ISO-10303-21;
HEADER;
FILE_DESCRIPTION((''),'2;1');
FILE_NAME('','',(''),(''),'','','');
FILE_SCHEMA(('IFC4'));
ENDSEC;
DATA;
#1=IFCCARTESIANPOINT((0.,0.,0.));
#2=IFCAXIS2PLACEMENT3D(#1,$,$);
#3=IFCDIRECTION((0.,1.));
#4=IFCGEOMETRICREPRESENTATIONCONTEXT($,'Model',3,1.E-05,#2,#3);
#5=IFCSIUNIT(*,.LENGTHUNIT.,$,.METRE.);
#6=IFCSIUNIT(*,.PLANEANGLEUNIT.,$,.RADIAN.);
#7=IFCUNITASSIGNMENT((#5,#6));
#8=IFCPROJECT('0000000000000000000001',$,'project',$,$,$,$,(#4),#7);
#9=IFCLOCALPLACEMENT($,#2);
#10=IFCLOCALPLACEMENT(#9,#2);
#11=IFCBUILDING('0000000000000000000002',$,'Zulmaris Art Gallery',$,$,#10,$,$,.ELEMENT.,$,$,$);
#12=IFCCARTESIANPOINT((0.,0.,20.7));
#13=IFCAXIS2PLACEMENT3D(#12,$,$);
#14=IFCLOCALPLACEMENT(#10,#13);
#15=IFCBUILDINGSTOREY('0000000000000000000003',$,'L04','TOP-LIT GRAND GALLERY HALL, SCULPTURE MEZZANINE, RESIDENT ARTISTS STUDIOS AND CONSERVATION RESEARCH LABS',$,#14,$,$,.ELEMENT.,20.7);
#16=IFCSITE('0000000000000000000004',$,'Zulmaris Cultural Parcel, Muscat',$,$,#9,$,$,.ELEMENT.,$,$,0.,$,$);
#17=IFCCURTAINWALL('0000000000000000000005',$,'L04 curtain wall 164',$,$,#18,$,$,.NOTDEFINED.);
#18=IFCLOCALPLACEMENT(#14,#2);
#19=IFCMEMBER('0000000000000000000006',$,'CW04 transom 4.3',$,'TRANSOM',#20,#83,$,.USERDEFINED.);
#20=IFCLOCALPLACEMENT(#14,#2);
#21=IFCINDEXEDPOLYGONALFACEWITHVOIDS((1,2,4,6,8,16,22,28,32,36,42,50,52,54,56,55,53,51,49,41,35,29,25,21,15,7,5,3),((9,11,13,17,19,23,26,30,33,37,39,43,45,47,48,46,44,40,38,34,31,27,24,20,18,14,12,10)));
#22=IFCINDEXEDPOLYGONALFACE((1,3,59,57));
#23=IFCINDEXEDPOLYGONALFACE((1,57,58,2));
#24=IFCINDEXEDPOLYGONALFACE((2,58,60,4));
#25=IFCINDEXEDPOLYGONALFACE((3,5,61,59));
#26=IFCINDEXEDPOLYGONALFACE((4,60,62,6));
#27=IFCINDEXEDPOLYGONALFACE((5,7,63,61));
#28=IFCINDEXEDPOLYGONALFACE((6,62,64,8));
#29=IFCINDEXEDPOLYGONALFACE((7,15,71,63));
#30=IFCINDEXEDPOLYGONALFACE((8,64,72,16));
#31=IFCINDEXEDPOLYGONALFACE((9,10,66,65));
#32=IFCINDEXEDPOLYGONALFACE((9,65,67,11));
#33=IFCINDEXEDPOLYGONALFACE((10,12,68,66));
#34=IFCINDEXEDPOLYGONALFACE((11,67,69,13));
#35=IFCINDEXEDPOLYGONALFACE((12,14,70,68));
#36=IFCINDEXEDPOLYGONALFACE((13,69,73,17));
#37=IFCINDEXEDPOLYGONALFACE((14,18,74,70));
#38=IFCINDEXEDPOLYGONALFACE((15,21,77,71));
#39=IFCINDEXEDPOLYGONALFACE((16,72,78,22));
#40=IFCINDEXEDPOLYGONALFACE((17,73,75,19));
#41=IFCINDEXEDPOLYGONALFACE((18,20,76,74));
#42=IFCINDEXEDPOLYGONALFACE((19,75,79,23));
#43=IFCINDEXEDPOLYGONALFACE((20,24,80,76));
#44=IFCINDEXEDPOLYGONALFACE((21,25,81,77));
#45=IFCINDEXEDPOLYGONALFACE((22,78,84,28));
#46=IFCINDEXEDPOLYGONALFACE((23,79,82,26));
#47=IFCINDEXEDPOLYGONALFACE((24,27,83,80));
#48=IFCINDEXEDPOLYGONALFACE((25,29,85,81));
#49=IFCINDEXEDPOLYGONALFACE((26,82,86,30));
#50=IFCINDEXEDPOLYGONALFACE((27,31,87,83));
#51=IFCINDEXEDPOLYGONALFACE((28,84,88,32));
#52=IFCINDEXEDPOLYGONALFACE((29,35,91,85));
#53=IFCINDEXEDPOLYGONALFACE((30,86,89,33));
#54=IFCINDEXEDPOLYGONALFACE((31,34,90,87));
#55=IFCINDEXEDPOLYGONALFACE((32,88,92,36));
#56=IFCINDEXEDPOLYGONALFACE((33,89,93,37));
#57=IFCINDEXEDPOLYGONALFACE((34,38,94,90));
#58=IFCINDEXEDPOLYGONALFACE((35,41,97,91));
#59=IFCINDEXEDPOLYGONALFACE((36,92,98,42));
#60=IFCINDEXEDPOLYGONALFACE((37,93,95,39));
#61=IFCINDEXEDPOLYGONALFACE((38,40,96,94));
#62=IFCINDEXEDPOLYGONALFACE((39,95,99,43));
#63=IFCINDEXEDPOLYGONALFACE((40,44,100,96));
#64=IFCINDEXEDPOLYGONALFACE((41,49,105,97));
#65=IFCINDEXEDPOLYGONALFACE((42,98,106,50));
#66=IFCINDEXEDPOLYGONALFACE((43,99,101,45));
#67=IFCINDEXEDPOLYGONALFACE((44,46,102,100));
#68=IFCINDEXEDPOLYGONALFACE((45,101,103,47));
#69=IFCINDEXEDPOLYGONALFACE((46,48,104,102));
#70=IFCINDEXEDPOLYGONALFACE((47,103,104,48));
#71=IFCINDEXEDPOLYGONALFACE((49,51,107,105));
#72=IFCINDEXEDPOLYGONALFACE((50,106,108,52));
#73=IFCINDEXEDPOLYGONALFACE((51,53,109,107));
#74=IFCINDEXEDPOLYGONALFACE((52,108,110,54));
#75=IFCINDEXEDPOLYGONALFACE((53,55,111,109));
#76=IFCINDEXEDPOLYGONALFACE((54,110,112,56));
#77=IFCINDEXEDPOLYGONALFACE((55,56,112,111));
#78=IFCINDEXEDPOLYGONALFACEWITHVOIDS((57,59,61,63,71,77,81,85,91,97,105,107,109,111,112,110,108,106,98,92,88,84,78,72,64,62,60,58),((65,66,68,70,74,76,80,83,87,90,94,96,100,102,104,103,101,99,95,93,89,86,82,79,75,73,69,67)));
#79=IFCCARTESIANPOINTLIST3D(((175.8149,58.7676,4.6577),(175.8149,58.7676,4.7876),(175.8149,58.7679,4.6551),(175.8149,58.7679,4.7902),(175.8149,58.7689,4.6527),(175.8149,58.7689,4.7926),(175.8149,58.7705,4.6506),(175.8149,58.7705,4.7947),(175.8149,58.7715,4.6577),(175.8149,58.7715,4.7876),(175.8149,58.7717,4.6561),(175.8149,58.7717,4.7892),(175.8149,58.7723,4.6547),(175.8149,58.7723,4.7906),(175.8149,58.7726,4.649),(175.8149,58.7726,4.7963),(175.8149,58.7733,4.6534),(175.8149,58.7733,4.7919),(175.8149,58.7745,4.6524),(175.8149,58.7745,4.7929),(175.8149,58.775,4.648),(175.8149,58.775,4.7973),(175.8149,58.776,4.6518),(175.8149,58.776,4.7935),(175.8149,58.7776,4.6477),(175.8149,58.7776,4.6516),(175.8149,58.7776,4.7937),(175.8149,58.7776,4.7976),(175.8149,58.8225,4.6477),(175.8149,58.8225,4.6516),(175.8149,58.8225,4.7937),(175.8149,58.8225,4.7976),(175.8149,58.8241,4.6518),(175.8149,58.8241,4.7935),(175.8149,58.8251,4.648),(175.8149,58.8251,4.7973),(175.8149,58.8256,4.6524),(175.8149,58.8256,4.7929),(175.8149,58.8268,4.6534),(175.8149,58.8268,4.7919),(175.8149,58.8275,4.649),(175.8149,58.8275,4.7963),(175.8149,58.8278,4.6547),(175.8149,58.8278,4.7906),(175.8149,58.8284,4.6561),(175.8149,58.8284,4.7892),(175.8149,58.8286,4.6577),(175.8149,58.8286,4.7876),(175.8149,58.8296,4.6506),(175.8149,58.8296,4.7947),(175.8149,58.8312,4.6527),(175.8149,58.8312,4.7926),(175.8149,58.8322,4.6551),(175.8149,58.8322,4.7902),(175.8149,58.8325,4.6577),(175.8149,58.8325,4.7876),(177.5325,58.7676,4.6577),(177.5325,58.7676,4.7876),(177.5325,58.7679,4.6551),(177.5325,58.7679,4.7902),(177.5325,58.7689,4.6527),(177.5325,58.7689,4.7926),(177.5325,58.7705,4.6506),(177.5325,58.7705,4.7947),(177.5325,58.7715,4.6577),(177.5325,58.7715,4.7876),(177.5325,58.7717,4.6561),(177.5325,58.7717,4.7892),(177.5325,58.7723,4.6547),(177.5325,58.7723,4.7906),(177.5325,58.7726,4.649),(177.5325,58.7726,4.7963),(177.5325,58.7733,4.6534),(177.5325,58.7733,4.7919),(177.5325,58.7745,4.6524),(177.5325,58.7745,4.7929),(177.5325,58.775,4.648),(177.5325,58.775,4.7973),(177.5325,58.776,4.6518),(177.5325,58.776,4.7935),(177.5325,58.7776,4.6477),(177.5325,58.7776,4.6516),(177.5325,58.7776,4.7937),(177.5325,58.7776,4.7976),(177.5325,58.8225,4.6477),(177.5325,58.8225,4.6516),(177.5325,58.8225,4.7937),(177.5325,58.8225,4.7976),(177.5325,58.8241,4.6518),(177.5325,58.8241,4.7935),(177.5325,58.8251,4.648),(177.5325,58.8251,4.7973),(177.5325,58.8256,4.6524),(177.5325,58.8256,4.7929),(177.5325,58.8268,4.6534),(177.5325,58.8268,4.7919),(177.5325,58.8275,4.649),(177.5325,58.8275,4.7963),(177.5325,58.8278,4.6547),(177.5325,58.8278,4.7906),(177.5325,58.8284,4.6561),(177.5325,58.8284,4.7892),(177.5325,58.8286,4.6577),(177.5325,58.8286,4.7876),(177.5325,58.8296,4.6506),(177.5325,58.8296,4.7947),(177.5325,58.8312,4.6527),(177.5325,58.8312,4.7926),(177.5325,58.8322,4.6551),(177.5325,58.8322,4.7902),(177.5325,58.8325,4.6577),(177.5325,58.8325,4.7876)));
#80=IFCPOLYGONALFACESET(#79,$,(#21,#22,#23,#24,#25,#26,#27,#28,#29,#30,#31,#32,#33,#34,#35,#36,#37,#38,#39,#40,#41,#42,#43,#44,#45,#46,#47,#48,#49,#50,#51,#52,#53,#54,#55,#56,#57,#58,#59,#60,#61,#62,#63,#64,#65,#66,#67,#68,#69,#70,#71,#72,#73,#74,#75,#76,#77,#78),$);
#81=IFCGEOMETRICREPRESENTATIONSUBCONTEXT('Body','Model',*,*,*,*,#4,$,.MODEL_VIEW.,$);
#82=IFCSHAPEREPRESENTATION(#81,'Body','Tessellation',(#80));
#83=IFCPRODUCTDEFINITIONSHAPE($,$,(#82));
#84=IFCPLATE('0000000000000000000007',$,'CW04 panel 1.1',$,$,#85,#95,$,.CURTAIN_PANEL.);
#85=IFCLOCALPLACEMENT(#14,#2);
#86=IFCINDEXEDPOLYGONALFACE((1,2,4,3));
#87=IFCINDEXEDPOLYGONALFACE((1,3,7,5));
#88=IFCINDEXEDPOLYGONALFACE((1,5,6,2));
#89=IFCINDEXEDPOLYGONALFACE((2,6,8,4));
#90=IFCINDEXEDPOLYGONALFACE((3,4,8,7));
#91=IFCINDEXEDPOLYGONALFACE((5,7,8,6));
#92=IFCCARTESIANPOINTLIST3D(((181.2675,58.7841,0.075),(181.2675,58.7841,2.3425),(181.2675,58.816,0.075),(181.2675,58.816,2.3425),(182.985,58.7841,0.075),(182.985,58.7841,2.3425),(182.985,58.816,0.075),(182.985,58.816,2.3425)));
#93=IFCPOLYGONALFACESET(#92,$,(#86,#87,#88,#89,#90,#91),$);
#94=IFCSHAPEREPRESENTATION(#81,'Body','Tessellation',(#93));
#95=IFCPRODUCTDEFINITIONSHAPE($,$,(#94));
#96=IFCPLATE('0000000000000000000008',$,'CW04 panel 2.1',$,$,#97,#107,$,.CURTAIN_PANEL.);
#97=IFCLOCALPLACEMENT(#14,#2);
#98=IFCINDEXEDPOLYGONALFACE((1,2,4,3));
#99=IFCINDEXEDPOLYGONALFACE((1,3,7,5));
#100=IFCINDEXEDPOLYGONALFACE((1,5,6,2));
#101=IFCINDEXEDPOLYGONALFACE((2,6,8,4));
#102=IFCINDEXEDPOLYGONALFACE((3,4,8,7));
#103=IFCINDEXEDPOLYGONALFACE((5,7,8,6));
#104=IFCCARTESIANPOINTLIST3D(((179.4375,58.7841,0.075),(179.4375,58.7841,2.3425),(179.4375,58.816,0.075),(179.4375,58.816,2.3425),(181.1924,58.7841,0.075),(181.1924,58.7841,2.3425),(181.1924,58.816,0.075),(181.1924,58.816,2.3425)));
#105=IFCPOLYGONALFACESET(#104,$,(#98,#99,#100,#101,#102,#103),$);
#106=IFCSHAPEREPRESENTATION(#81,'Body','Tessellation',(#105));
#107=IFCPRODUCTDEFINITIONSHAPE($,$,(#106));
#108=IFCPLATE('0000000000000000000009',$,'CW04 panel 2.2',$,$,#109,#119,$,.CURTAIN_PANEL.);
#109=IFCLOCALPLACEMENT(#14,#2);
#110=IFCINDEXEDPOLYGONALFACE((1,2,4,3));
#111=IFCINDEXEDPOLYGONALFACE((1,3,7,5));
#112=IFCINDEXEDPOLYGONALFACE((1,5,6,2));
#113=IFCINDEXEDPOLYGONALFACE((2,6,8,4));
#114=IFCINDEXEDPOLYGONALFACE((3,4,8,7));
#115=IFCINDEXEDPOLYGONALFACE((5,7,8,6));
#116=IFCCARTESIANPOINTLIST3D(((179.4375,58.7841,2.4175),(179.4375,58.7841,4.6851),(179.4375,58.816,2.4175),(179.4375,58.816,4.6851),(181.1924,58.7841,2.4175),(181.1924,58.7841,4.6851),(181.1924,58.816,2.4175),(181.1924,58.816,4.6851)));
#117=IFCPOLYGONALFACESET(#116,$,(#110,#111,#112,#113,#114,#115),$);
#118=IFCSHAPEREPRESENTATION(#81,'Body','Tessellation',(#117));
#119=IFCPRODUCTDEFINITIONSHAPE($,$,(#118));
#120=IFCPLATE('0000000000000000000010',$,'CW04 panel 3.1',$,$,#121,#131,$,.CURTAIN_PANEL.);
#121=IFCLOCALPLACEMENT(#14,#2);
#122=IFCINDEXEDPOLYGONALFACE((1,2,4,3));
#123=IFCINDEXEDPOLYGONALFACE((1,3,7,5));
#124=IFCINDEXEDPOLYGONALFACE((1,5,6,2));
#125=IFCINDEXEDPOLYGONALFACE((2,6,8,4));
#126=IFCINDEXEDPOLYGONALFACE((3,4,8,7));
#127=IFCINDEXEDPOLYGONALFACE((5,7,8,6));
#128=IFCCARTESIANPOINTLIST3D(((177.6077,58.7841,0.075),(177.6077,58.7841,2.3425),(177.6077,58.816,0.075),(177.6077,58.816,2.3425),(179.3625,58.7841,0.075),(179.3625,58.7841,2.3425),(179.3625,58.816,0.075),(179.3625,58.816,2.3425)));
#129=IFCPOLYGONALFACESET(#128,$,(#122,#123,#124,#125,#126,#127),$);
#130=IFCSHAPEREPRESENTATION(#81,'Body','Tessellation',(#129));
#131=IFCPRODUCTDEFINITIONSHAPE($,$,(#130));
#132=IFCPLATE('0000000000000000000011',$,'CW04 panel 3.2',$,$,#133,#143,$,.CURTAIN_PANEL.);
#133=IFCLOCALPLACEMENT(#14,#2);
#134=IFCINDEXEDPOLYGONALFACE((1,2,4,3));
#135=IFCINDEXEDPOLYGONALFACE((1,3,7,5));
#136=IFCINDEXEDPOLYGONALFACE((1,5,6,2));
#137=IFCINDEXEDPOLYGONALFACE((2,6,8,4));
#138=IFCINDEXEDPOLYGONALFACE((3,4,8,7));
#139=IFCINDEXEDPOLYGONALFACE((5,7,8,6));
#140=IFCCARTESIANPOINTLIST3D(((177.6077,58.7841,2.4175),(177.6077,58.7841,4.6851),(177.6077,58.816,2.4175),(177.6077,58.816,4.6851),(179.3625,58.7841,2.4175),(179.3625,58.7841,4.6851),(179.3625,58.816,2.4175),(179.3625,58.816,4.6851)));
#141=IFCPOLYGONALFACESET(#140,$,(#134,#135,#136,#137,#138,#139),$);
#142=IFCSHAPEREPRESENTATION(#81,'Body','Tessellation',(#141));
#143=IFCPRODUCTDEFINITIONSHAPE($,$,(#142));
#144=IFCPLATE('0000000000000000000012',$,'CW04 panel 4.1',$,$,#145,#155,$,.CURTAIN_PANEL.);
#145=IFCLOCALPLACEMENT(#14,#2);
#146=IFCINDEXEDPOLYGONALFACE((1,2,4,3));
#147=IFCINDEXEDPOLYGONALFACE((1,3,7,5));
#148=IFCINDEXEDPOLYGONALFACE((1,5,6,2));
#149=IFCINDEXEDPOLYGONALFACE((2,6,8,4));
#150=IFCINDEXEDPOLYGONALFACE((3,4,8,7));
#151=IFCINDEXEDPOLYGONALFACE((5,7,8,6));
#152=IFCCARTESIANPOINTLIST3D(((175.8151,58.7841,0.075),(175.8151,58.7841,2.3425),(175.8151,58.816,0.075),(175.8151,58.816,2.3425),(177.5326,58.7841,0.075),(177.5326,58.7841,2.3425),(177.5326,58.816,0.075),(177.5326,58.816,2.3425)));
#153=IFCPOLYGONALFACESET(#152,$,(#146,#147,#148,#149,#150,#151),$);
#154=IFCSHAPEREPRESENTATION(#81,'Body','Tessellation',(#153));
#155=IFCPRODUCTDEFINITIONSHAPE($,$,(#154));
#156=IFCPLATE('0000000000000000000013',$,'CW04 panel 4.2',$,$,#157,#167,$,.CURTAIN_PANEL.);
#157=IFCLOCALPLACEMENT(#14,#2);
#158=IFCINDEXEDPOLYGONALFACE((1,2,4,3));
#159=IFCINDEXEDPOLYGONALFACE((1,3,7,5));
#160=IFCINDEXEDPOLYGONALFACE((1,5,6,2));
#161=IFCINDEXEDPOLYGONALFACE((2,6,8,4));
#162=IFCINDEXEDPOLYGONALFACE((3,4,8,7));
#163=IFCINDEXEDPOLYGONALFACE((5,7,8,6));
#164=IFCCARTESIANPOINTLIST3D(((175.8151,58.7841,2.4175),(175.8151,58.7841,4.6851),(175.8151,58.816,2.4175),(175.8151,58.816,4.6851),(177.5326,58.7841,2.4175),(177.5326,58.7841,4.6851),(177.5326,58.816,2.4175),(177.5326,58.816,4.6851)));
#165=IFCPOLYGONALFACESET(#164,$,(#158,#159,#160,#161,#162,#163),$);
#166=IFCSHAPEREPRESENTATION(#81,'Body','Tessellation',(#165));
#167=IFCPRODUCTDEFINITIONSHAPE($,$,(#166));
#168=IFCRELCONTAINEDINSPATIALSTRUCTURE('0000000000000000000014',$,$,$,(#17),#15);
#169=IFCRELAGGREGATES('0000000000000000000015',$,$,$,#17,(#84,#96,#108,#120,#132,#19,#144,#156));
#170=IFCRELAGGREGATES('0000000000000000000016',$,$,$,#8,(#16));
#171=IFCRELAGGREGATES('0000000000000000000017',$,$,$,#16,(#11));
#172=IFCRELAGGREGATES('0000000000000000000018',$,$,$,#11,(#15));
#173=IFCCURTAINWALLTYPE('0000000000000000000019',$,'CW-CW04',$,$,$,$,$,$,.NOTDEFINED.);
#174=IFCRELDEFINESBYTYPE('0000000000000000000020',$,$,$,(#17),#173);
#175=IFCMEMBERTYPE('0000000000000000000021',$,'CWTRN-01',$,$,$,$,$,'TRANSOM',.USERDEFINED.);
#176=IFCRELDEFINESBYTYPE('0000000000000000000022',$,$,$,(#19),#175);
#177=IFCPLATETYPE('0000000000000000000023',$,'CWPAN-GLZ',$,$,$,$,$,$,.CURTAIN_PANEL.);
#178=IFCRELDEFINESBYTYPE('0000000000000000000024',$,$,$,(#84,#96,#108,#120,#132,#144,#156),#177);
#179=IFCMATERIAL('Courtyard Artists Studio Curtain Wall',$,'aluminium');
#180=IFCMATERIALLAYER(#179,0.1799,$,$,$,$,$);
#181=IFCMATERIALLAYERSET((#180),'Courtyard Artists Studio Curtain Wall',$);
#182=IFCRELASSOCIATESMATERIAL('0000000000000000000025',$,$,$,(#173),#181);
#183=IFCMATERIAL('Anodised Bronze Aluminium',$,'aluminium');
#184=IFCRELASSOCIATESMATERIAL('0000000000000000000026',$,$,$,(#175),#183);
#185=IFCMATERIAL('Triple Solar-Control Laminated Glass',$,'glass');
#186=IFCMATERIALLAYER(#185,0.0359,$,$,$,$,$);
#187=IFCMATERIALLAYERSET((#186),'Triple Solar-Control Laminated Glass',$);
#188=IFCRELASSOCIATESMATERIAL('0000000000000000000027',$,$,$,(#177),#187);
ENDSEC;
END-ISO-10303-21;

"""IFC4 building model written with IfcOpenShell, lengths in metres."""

from ifc_helpers import new_model, si_unit, direction, frame, origin, origin_2d, place, context, subcontext, project, spatial, rectangle, hollow_rectangle, extrude, material, layer, layer_set, material_profile, profile_set, type_object, element, aggregate, save


model = new_model("IFC4")

# Units and contexts
model_context = context("Model", 3, precision=1e-05, world=origin(), true_north=direction((0.0, 1.0)))
body_context = subcontext(model_context, "Body", "Model", "MODEL_VIEW")
ifc_project = project(units=[si_unit("LENGTHUNIT", "METRE"), si_unit("PLANEANGLEUNIT", "RADIAN")], contexts=[model_context])

# Site, building, storey
site_placement = place(None, origin())
site = spatial("IfcSite", under=ifc_project, at=site_placement, Name="Zulmaris Cultural Parcel, Muscat", CompositionType="ELEMENT", RefElevation=0.0)
building_placement = place(site_placement, origin())
building = spatial("IfcBuilding", under=site, at=building_placement, Name="Zulmaris Art Gallery", CompositionType="ELEMENT")
storey_placement = place(building_placement, frame((0.0, 0.0, 20.7)))
storey = spatial("IfcBuildingStorey", under=building, at=storey_placement, Name="L04", Description="TOP-LIT GRAND GALLERY HALL, SCULPTURE MEZZANINE, RESIDENT ARTISTS STUDIOS AND CONSERVATION RESEARCH LABS", CompositionType="ELEMENT", Elevation=20.7)

# Shared definitions
ifc_material_1 = material(Name="Courtyard Artists Studio Curtain Wall", Category="aluminium")
ifc_layer_1 = layer(ifc_material_1, 0.1799)
ifc_layer_set_1 = layer_set([ifc_layer_1], Name="Courtyard Artists Studio Curtain Wall")
curtain_wall_type = type_object("IfcCurtainWallType", Name="CW-CW04", PredefinedType="NOTDEFINED", material=ifc_layer_set_1)
ifc_material_2 = material(Name="Anodised Bronze Aluminium", Category="aluminium")

# Curtain wall, member, plates
curtain_wall_1_placement = place(storey_placement, origin())
curtain_wall_1 = element("IfcCurtainWall", 1, at=curtain_wall_1_placement, inside=storey, type_object=curtain_wall_type, Name="L04 curtain wall 164", PredefinedType="NOTDEFINED")
ifc_material_profile_1 = material_profile(ifc_material_2, hollow_rectangle(XDim=0.0649, YDim=0.1499, WallThickness=0.0039, InnerFilletRadius=0.0061, OuterFilletRadius=0.01, at=origin_2d()), Name="ALU 65x150x4")
ifc_profile_set_1 = profile_set([ifc_material_profile_1], Name="Anodised Bronze Aluminium")
member_type_1 = type_object("IfcMemberType", Name="CWTRN-01", ElementType="TRANSOM", PredefinedType="USERDEFINED", material=ifc_profile_set_1)
member_1_placement = place(storey_placement, frame((177.5325, 58.8, 4.7227), z_axis=(-1.0, 0.0, 0.0), x_axis=(0.0, -1.0, 0.0)))
member_1 = element("IfcMember", 2, at=member_1_placement, type_object=member_type_1, Name="CW04 transom 4.3", ObjectType="TRANSOM", PredefinedType="USERDEFINED", context=body_context, shape_type="SweptSolid", body=[
    extrude(hollow_rectangle(XDim=0.0649, YDim=0.1499, WallThickness=0.0039, InnerFilletRadius=0.0061, OuterFilletRadius=0.01, at=origin_2d()), origin(), (0.0, 0.0, 1.0), 1.7175),
])
ifc_material_3 = material(Name="Triple Solar-Control Laminated Glass", Category="glass")
ifc_layer_2 = layer(ifc_material_3, 0.0359)
ifc_layer_set_2 = layer_set([ifc_layer_2], Name="Triple Solar-Control Laminated Glass")
plate_type = type_object("IfcPlateType", Name="CWPAN-GLZ", PredefinedType="CURTAIN_PANEL", material=ifc_layer_set_2)
plate_1_placement = place(storey_placement, frame((182.1262, 58.8, 0.075), z_axis=(0.0, 0.0, 1.0), x_axis=(-1.0, 0.0, 0.0)))
plate_1 = element("IfcPlate", 3, at=plate_1_placement, type_object=plate_type, Name="CW04 panel 1.1", PredefinedType="CURTAIN_PANEL", context=body_context, shape_type="SweptSolid", body=[
    extrude(rectangle(XDim=1.7175, YDim=0.032, at=origin_2d()), origin(), (0.0, 0.0, 1.0), 2.2676),
])
plate_2_placement = place(storey_placement, frame((180.3149, 58.8, 0.075), z_axis=(0.0, 0.0, 1.0), x_axis=(-1.0, 0.0, 0.0)))
plate_2 = element("IfcPlate", 4, at=plate_2_placement, type_object=plate_type, Name="CW04 panel 2.1", PredefinedType="CURTAIN_PANEL", context=body_context, shape_type="SweptSolid", body=[
    extrude(rectangle(XDim=1.7549, YDim=0.032, at=origin_2d()), origin(), (0.0, 0.0, 1.0), 2.2676),
])
plate_3_placement = place(storey_placement, frame((180.3149, 58.8, 2.4175), z_axis=(0.0, 0.0, 1.0), x_axis=(-1.0, 0.0, 0.0)))
plate_3 = element("IfcPlate", 5, at=plate_3_placement, type_object=plate_type, Name="CW04 panel 2.2", PredefinedType="CURTAIN_PANEL", context=body_context, shape_type="SweptSolid", body=[
    extrude(rectangle(XDim=1.7549, YDim=0.032, at=origin_2d()), origin(), (0.0, 0.0, 1.0), 2.2676),
])
plate_4_placement = place(storey_placement, frame((178.4851, 58.8, 0.075), z_axis=(0.0, 0.0, 1.0), x_axis=(-1.0, 0.0, 0.0)))
plate_4 = element("IfcPlate", 6, at=plate_4_placement, type_object=plate_type, Name="CW04 panel 3.1", PredefinedType="CURTAIN_PANEL", context=body_context, shape_type="SweptSolid", body=[
    extrude(rectangle(XDim=1.7549, YDim=0.032, at=origin_2d()), origin(), (0.0, 0.0, 1.0), 2.2676),
])
plate_5_placement = place(storey_placement, frame((178.4851, 58.8, 2.4175), z_axis=(0.0, 0.0, 1.0), x_axis=(-1.0, 0.0, 0.0)))
plate_5 = element("IfcPlate", 7, at=plate_5_placement, type_object=plate_type, Name="CW04 panel 3.2", PredefinedType="CURTAIN_PANEL", context=body_context, shape_type="SweptSolid", body=[
    extrude(rectangle(XDim=1.7549, YDim=0.032, at=origin_2d()), origin(), (0.0, 0.0, 1.0), 2.2676),
])
plate_6_placement = place(storey_placement, frame((176.6738, 58.8, 0.075), z_axis=(0.0, 0.0, 1.0), x_axis=(-1.0, 0.0, 0.0)))
plate_6 = element("IfcPlate", 8, at=plate_6_placement, type_object=plate_type, Name="CW04 panel 4.1", PredefinedType="CURTAIN_PANEL", context=body_context, shape_type="SweptSolid", body=[
    extrude(rectangle(XDim=1.7175, YDim=0.032, at=origin_2d()), origin(), (0.0, 0.0, 1.0), 2.2676),
])
plate_7_placement = place(storey_placement, frame((176.6738, 58.8, 2.4175), z_axis=(0.0, 0.0, 1.0), x_axis=(-1.0, 0.0, 0.0)))
plate_7 = element("IfcPlate", 9, at=plate_7_placement, type_object=plate_type, Name="CW04 panel 4.2", PredefinedType="CURTAIN_PANEL", context=body_context, shape_type="SweptSolid", body=[
    extrude(rectangle(XDim=1.7175, YDim=0.032, at=origin_2d()), origin(), (0.0, 0.0, 1.0), 2.2676),
])
aggregate(curtain_wall_1, [plate_1, plate_2, plate_3, plate_4, plate_5, member_1, plate_6, plate_7])

save(model, "model.ifc")
